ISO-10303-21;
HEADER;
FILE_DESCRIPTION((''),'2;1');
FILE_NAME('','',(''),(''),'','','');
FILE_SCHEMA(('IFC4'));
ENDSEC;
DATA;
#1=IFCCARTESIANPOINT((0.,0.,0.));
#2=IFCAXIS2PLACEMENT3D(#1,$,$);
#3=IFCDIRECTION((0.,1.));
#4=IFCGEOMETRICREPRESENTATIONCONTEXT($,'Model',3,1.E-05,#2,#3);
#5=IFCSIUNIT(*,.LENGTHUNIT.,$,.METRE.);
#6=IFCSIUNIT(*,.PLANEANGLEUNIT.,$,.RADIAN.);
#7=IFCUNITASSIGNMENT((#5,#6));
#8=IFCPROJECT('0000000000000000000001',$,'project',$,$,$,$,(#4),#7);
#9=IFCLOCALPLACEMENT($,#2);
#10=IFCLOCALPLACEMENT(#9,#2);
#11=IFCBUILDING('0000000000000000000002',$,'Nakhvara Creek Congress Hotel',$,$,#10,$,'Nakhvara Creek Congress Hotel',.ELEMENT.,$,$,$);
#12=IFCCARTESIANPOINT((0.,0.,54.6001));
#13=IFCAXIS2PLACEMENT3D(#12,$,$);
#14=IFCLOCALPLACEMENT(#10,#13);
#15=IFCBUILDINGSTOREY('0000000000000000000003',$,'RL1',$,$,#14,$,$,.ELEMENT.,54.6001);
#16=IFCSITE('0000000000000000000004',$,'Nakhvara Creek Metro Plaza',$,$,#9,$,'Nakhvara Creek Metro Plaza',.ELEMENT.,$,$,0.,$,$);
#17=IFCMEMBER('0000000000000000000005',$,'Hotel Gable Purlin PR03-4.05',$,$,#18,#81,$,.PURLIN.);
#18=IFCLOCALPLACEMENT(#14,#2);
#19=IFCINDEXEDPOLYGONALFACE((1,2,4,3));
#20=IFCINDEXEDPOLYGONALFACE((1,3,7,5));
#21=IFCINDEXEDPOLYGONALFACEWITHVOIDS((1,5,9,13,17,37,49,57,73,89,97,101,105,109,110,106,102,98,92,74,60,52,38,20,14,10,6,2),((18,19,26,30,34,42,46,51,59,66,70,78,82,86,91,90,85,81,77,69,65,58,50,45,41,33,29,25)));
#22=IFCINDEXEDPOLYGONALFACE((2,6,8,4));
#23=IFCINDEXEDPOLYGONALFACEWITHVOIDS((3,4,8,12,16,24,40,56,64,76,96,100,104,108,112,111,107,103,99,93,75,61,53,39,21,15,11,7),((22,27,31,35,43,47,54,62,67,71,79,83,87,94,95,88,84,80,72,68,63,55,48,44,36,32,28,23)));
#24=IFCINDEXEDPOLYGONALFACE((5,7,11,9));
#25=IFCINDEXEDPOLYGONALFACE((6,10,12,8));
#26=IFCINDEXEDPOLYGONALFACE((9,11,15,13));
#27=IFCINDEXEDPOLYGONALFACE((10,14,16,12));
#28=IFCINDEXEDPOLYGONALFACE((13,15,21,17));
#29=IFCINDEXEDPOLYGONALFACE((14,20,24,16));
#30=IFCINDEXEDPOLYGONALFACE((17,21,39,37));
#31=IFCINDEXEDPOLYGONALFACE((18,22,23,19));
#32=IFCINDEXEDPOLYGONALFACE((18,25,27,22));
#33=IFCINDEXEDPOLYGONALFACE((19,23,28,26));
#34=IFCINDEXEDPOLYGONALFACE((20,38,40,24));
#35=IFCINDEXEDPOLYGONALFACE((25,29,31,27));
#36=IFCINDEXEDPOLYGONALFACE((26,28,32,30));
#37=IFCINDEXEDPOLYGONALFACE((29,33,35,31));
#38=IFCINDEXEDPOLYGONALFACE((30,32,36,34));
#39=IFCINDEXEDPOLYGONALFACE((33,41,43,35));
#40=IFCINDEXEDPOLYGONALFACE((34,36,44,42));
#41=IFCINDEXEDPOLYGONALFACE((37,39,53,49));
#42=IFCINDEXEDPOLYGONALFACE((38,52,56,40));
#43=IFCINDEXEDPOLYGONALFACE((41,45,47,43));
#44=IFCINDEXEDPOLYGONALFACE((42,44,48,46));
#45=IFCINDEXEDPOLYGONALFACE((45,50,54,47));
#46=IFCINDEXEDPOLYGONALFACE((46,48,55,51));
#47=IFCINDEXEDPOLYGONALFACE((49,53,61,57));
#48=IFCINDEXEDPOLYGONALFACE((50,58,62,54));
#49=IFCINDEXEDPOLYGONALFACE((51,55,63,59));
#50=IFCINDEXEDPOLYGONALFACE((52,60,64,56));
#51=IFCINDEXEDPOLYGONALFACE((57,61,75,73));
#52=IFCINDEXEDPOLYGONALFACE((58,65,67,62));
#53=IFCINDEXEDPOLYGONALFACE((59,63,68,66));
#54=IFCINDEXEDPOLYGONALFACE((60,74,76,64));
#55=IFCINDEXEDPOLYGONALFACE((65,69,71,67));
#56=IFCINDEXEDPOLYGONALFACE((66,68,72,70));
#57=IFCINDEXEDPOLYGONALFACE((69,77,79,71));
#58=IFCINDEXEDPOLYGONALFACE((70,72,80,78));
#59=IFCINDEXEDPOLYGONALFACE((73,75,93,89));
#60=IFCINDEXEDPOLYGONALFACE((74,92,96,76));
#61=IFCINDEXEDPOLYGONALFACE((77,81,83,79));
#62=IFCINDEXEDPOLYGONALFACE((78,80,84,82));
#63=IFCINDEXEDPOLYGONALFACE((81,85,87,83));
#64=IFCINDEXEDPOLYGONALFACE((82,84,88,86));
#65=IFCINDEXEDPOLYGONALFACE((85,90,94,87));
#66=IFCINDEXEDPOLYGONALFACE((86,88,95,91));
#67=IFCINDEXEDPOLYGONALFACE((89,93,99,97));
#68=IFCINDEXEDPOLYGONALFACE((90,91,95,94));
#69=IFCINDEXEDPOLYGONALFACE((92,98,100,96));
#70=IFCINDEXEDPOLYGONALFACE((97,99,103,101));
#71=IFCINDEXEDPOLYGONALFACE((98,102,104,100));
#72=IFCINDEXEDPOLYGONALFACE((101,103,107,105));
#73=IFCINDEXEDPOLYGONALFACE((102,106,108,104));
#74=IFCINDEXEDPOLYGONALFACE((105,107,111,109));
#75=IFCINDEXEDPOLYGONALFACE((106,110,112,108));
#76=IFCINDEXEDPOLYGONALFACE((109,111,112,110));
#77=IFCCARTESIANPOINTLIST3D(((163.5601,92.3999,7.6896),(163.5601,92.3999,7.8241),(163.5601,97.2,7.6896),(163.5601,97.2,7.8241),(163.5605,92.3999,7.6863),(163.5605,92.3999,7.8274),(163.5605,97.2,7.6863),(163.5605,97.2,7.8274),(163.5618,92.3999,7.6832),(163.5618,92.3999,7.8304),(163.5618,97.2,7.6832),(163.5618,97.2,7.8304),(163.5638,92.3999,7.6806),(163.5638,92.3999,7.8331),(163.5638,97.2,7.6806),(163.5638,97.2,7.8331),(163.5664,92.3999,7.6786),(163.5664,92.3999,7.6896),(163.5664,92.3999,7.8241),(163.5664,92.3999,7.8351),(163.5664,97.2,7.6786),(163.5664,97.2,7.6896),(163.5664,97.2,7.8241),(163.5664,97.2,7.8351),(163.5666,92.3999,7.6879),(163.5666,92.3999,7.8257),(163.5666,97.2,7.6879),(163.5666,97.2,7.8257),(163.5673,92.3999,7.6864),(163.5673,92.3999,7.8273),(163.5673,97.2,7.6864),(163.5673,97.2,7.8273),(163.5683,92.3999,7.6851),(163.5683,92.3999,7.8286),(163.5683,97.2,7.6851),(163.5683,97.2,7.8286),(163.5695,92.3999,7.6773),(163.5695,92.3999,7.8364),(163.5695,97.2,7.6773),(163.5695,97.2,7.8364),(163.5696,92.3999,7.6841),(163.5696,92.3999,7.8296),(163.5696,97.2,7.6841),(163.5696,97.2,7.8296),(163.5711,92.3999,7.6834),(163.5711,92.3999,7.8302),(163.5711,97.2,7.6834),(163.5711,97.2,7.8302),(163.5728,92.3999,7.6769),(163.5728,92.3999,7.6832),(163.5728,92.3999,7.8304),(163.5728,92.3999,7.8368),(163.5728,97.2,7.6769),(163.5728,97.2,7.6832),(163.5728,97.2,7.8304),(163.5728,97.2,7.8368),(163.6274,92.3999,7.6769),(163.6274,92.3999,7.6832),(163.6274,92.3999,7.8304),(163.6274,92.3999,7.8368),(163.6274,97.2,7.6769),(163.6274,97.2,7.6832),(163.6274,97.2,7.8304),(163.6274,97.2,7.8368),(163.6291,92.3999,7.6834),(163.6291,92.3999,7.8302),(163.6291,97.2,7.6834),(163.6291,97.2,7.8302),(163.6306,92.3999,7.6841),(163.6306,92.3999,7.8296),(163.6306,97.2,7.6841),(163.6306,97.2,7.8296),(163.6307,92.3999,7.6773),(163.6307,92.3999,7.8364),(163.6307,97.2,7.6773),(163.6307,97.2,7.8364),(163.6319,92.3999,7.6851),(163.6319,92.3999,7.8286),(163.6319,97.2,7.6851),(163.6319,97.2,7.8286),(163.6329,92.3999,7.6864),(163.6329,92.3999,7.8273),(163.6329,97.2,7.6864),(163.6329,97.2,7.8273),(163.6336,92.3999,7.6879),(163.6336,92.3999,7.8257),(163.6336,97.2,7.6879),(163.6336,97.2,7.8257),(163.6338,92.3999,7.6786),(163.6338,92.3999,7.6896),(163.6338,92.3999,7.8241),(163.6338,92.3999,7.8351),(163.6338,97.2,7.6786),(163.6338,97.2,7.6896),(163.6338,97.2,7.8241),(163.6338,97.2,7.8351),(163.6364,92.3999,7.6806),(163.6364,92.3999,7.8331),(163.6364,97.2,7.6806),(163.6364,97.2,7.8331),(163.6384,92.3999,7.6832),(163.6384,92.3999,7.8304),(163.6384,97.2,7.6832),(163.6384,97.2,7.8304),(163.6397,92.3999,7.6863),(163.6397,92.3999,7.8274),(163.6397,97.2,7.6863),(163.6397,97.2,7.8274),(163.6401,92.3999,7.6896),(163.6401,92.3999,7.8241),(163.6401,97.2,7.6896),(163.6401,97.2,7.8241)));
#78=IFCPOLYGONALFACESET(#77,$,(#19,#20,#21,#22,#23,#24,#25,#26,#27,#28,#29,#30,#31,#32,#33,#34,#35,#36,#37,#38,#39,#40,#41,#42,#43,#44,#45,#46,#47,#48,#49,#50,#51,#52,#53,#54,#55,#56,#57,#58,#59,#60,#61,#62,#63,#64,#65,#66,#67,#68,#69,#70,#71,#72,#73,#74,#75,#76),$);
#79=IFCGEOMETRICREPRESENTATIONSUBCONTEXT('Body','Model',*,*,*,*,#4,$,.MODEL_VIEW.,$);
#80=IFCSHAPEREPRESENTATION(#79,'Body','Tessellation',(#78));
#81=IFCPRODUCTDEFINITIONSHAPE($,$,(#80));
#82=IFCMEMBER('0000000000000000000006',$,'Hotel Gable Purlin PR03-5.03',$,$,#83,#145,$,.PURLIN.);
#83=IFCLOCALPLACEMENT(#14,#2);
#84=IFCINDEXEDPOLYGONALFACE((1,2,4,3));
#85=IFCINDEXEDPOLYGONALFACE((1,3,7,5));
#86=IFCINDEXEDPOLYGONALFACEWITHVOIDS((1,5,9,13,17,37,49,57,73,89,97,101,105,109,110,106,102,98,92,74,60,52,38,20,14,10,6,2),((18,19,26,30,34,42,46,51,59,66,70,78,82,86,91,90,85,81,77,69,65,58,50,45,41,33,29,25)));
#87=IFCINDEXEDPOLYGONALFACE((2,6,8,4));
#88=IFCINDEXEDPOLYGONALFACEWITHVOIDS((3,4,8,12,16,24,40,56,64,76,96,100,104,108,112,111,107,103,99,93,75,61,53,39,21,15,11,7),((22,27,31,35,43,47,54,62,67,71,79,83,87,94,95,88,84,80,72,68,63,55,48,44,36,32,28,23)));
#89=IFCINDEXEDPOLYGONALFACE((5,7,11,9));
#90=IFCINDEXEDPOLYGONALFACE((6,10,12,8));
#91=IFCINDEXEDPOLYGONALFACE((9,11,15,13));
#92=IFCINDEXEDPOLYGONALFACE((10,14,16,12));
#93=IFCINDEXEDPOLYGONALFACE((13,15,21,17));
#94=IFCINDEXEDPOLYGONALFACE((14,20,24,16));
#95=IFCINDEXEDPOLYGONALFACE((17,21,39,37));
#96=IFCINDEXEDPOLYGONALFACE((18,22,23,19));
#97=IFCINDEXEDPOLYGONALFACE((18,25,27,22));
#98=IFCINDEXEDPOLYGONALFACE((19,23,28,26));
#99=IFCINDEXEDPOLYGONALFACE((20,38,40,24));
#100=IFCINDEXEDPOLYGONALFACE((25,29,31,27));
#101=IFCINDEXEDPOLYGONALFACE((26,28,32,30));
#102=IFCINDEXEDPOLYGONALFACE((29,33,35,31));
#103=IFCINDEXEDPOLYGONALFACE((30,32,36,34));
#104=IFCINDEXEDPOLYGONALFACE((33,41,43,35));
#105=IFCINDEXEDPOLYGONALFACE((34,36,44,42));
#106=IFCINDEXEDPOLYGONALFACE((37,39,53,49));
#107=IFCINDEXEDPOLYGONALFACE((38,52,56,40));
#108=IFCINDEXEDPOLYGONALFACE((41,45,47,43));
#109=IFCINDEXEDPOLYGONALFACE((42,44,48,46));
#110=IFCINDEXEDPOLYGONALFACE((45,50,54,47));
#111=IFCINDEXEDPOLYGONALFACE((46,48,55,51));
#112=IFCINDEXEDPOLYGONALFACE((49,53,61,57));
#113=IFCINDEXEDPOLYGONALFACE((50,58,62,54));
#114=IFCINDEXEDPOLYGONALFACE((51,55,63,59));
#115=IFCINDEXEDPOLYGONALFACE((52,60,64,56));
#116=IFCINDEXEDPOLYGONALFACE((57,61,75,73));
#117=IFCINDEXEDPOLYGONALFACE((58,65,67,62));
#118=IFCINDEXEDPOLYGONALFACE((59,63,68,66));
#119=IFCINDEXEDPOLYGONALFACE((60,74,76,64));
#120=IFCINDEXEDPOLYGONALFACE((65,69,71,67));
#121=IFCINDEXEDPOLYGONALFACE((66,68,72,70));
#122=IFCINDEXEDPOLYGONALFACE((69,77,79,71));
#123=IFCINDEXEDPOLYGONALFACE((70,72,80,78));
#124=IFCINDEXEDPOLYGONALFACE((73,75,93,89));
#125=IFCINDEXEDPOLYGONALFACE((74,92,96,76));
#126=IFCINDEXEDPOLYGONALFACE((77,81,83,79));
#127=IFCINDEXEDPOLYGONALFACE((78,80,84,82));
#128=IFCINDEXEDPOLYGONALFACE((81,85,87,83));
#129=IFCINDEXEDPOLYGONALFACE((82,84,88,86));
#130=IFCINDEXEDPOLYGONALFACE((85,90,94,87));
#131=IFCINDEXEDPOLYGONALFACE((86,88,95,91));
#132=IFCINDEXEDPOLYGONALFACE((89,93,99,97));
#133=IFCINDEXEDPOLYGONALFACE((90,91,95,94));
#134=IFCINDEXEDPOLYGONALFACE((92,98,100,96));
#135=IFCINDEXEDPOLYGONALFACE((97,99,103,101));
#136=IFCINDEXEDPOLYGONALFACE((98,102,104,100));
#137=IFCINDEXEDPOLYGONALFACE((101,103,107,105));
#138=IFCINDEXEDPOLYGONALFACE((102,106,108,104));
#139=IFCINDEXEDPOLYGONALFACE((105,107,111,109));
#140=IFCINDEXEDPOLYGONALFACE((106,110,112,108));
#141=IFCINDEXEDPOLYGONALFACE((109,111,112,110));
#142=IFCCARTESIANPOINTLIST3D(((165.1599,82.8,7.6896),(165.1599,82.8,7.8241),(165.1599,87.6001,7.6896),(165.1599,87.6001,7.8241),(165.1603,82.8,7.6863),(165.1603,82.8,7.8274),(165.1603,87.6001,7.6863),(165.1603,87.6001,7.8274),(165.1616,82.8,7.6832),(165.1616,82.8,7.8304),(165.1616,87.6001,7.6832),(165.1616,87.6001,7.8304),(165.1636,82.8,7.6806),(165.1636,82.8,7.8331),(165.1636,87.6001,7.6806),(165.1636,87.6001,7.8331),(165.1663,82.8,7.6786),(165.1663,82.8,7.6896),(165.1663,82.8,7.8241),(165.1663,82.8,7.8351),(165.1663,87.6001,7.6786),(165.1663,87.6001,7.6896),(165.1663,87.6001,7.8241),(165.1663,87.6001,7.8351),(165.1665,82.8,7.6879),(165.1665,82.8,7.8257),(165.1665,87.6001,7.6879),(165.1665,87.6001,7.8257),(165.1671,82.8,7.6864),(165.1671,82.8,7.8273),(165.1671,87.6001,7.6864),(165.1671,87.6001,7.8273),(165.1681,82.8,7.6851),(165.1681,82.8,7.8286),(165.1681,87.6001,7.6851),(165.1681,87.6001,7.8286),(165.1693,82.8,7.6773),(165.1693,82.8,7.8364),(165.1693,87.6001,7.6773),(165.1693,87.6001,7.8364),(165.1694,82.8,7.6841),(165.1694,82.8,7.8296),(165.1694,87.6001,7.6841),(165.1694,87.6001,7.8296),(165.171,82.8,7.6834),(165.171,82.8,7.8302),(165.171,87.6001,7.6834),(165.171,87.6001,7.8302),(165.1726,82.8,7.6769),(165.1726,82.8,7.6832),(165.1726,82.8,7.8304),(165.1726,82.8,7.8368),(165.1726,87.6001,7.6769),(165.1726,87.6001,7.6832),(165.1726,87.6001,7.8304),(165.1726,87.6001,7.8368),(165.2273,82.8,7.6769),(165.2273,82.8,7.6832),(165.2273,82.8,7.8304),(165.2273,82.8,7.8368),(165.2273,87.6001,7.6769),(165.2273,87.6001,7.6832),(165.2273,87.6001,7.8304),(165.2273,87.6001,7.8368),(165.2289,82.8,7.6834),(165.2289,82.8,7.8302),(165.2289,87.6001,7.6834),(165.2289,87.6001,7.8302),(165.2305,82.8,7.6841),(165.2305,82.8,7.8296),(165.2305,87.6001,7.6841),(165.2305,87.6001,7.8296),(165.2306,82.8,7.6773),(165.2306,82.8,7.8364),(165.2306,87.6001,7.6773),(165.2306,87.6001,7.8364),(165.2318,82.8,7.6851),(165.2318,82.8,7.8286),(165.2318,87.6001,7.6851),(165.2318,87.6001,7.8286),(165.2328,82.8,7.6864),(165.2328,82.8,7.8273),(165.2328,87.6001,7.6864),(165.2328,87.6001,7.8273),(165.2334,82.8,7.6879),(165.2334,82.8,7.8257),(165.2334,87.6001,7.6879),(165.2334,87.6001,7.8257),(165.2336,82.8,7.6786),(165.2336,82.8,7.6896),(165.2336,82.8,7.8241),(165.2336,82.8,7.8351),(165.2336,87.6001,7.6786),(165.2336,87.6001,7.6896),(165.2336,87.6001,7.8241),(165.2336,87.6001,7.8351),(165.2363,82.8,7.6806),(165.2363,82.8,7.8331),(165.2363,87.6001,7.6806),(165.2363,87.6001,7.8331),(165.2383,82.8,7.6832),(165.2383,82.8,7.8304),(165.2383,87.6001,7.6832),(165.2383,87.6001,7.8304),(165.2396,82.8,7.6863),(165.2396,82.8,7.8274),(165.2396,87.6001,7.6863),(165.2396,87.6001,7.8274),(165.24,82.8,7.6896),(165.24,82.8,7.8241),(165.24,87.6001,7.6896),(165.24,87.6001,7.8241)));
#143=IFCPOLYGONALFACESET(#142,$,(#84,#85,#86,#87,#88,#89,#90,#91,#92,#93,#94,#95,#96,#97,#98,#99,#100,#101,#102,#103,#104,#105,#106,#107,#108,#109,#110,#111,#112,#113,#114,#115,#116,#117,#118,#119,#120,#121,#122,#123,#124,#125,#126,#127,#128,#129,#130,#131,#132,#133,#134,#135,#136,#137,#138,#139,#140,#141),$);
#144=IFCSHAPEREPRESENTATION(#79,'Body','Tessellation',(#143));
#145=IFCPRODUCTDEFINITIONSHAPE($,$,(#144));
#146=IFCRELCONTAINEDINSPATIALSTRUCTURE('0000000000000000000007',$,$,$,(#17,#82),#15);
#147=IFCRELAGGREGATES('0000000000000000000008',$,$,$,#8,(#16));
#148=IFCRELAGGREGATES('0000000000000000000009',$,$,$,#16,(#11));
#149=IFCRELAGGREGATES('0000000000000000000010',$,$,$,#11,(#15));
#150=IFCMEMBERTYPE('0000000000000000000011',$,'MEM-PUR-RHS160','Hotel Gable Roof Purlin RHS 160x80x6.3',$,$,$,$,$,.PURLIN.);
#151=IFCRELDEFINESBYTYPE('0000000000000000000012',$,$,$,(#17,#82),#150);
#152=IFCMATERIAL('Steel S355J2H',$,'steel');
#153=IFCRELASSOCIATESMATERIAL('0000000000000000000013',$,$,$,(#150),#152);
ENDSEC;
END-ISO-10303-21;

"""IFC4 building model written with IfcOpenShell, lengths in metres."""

from ifc_helpers import new_model, si_unit, direction, frame, origin, origin_2d, place, context, subcontext, project, spatial, hollow_rectangle, extrude, material, material_profile, profile_set, type_object, element, save


model = new_model("IFC4")

# Units and contexts
model_context = context("Model", 3, precision=1e-05, world=origin(), true_north=direction((0.0, 1.0)))
body_context = subcontext(model_context, "Body", "Model", "MODEL_VIEW")
ifc_project = project(units=[si_unit("LENGTHUNIT", "METRE"), si_unit("PLANEANGLEUNIT", "RADIAN")], contexts=[model_context])

# Site, building, storey
site_placement = place(None, origin())
site = spatial("IfcSite", under=ifc_project, at=site_placement, Name="Nakhvara Creek Metro Plaza", LongName="Nakhvara Creek Metro Plaza", CompositionType="ELEMENT", RefElevation=0.0)
building_placement = place(site_placement, origin())
building = spatial("IfcBuilding", under=site, at=building_placement, Name="Nakhvara Creek Congress Hotel", LongName="Nakhvara Creek Congress Hotel", CompositionType="ELEMENT")
storey_placement = place(building_placement, frame((0.0, 0.0, 54.6001)))
storey = spatial("IfcBuildingStorey", under=building, at=storey_placement, Name="RL1", CompositionType="ELEMENT", Elevation=54.6001)

# Members
ifc_material_1 = material(Name="Steel S355J2H", Category="steel")
ifc_material_profile_1 = material_profile(ifc_material_1, hollow_rectangle(XDim=0.0801, YDim=0.1599, WallThickness=0.0063, InnerFilletRadius=0.0063, OuterFilletRadius=0.0127, at=origin_2d()), Name="RHS 160x80x6.3", Category="LoadBearing")
ifc_profile_set_1 = profile_set([ifc_material_profile_1], Name="Steel S355J2H")
member_type_1 = type_object("IfcMemberType", Name="MEM-PUR-RHS160", Description="Hotel Gable Roof Purlin RHS 160x80x6.3", PredefinedType="PURLIN", material=ifc_profile_set_1)
for number, where, z_axis, x_axis, name in (
    (1, (163.6001, 92.3999, 7.7568), (0.0, 1.0, 0.0), (-1.0, 0.0, 0.0), "Hotel Gable Purlin PR03-4.05"),
    (2, (165.2, 82.8, 7.7568), (0.0, 1.0, 0.0), (-1.0, 0.0, 0.0), "Hotel Gable Purlin PR03-5.03"),
):
    element("IfcMember", number, at=place(storey_placement, frame(where, z_axis=z_axis, x_axis=x_axis)), inside=storey, type_object=member_type_1, Name=name, PredefinedType="PURLIN", context=body_context, shape_type="SweptSolid", body=[
        extrude(hollow_rectangle(XDim=0.0801, YDim=0.1599, WallThickness=0.0063, InnerFilletRadius=0.0063, OuterFilletRadius=0.0127, at=origin_2d()), origin(), (0.0, 0.0, 1.0), 4.8),
    ])

save(model, "model.ifc")
